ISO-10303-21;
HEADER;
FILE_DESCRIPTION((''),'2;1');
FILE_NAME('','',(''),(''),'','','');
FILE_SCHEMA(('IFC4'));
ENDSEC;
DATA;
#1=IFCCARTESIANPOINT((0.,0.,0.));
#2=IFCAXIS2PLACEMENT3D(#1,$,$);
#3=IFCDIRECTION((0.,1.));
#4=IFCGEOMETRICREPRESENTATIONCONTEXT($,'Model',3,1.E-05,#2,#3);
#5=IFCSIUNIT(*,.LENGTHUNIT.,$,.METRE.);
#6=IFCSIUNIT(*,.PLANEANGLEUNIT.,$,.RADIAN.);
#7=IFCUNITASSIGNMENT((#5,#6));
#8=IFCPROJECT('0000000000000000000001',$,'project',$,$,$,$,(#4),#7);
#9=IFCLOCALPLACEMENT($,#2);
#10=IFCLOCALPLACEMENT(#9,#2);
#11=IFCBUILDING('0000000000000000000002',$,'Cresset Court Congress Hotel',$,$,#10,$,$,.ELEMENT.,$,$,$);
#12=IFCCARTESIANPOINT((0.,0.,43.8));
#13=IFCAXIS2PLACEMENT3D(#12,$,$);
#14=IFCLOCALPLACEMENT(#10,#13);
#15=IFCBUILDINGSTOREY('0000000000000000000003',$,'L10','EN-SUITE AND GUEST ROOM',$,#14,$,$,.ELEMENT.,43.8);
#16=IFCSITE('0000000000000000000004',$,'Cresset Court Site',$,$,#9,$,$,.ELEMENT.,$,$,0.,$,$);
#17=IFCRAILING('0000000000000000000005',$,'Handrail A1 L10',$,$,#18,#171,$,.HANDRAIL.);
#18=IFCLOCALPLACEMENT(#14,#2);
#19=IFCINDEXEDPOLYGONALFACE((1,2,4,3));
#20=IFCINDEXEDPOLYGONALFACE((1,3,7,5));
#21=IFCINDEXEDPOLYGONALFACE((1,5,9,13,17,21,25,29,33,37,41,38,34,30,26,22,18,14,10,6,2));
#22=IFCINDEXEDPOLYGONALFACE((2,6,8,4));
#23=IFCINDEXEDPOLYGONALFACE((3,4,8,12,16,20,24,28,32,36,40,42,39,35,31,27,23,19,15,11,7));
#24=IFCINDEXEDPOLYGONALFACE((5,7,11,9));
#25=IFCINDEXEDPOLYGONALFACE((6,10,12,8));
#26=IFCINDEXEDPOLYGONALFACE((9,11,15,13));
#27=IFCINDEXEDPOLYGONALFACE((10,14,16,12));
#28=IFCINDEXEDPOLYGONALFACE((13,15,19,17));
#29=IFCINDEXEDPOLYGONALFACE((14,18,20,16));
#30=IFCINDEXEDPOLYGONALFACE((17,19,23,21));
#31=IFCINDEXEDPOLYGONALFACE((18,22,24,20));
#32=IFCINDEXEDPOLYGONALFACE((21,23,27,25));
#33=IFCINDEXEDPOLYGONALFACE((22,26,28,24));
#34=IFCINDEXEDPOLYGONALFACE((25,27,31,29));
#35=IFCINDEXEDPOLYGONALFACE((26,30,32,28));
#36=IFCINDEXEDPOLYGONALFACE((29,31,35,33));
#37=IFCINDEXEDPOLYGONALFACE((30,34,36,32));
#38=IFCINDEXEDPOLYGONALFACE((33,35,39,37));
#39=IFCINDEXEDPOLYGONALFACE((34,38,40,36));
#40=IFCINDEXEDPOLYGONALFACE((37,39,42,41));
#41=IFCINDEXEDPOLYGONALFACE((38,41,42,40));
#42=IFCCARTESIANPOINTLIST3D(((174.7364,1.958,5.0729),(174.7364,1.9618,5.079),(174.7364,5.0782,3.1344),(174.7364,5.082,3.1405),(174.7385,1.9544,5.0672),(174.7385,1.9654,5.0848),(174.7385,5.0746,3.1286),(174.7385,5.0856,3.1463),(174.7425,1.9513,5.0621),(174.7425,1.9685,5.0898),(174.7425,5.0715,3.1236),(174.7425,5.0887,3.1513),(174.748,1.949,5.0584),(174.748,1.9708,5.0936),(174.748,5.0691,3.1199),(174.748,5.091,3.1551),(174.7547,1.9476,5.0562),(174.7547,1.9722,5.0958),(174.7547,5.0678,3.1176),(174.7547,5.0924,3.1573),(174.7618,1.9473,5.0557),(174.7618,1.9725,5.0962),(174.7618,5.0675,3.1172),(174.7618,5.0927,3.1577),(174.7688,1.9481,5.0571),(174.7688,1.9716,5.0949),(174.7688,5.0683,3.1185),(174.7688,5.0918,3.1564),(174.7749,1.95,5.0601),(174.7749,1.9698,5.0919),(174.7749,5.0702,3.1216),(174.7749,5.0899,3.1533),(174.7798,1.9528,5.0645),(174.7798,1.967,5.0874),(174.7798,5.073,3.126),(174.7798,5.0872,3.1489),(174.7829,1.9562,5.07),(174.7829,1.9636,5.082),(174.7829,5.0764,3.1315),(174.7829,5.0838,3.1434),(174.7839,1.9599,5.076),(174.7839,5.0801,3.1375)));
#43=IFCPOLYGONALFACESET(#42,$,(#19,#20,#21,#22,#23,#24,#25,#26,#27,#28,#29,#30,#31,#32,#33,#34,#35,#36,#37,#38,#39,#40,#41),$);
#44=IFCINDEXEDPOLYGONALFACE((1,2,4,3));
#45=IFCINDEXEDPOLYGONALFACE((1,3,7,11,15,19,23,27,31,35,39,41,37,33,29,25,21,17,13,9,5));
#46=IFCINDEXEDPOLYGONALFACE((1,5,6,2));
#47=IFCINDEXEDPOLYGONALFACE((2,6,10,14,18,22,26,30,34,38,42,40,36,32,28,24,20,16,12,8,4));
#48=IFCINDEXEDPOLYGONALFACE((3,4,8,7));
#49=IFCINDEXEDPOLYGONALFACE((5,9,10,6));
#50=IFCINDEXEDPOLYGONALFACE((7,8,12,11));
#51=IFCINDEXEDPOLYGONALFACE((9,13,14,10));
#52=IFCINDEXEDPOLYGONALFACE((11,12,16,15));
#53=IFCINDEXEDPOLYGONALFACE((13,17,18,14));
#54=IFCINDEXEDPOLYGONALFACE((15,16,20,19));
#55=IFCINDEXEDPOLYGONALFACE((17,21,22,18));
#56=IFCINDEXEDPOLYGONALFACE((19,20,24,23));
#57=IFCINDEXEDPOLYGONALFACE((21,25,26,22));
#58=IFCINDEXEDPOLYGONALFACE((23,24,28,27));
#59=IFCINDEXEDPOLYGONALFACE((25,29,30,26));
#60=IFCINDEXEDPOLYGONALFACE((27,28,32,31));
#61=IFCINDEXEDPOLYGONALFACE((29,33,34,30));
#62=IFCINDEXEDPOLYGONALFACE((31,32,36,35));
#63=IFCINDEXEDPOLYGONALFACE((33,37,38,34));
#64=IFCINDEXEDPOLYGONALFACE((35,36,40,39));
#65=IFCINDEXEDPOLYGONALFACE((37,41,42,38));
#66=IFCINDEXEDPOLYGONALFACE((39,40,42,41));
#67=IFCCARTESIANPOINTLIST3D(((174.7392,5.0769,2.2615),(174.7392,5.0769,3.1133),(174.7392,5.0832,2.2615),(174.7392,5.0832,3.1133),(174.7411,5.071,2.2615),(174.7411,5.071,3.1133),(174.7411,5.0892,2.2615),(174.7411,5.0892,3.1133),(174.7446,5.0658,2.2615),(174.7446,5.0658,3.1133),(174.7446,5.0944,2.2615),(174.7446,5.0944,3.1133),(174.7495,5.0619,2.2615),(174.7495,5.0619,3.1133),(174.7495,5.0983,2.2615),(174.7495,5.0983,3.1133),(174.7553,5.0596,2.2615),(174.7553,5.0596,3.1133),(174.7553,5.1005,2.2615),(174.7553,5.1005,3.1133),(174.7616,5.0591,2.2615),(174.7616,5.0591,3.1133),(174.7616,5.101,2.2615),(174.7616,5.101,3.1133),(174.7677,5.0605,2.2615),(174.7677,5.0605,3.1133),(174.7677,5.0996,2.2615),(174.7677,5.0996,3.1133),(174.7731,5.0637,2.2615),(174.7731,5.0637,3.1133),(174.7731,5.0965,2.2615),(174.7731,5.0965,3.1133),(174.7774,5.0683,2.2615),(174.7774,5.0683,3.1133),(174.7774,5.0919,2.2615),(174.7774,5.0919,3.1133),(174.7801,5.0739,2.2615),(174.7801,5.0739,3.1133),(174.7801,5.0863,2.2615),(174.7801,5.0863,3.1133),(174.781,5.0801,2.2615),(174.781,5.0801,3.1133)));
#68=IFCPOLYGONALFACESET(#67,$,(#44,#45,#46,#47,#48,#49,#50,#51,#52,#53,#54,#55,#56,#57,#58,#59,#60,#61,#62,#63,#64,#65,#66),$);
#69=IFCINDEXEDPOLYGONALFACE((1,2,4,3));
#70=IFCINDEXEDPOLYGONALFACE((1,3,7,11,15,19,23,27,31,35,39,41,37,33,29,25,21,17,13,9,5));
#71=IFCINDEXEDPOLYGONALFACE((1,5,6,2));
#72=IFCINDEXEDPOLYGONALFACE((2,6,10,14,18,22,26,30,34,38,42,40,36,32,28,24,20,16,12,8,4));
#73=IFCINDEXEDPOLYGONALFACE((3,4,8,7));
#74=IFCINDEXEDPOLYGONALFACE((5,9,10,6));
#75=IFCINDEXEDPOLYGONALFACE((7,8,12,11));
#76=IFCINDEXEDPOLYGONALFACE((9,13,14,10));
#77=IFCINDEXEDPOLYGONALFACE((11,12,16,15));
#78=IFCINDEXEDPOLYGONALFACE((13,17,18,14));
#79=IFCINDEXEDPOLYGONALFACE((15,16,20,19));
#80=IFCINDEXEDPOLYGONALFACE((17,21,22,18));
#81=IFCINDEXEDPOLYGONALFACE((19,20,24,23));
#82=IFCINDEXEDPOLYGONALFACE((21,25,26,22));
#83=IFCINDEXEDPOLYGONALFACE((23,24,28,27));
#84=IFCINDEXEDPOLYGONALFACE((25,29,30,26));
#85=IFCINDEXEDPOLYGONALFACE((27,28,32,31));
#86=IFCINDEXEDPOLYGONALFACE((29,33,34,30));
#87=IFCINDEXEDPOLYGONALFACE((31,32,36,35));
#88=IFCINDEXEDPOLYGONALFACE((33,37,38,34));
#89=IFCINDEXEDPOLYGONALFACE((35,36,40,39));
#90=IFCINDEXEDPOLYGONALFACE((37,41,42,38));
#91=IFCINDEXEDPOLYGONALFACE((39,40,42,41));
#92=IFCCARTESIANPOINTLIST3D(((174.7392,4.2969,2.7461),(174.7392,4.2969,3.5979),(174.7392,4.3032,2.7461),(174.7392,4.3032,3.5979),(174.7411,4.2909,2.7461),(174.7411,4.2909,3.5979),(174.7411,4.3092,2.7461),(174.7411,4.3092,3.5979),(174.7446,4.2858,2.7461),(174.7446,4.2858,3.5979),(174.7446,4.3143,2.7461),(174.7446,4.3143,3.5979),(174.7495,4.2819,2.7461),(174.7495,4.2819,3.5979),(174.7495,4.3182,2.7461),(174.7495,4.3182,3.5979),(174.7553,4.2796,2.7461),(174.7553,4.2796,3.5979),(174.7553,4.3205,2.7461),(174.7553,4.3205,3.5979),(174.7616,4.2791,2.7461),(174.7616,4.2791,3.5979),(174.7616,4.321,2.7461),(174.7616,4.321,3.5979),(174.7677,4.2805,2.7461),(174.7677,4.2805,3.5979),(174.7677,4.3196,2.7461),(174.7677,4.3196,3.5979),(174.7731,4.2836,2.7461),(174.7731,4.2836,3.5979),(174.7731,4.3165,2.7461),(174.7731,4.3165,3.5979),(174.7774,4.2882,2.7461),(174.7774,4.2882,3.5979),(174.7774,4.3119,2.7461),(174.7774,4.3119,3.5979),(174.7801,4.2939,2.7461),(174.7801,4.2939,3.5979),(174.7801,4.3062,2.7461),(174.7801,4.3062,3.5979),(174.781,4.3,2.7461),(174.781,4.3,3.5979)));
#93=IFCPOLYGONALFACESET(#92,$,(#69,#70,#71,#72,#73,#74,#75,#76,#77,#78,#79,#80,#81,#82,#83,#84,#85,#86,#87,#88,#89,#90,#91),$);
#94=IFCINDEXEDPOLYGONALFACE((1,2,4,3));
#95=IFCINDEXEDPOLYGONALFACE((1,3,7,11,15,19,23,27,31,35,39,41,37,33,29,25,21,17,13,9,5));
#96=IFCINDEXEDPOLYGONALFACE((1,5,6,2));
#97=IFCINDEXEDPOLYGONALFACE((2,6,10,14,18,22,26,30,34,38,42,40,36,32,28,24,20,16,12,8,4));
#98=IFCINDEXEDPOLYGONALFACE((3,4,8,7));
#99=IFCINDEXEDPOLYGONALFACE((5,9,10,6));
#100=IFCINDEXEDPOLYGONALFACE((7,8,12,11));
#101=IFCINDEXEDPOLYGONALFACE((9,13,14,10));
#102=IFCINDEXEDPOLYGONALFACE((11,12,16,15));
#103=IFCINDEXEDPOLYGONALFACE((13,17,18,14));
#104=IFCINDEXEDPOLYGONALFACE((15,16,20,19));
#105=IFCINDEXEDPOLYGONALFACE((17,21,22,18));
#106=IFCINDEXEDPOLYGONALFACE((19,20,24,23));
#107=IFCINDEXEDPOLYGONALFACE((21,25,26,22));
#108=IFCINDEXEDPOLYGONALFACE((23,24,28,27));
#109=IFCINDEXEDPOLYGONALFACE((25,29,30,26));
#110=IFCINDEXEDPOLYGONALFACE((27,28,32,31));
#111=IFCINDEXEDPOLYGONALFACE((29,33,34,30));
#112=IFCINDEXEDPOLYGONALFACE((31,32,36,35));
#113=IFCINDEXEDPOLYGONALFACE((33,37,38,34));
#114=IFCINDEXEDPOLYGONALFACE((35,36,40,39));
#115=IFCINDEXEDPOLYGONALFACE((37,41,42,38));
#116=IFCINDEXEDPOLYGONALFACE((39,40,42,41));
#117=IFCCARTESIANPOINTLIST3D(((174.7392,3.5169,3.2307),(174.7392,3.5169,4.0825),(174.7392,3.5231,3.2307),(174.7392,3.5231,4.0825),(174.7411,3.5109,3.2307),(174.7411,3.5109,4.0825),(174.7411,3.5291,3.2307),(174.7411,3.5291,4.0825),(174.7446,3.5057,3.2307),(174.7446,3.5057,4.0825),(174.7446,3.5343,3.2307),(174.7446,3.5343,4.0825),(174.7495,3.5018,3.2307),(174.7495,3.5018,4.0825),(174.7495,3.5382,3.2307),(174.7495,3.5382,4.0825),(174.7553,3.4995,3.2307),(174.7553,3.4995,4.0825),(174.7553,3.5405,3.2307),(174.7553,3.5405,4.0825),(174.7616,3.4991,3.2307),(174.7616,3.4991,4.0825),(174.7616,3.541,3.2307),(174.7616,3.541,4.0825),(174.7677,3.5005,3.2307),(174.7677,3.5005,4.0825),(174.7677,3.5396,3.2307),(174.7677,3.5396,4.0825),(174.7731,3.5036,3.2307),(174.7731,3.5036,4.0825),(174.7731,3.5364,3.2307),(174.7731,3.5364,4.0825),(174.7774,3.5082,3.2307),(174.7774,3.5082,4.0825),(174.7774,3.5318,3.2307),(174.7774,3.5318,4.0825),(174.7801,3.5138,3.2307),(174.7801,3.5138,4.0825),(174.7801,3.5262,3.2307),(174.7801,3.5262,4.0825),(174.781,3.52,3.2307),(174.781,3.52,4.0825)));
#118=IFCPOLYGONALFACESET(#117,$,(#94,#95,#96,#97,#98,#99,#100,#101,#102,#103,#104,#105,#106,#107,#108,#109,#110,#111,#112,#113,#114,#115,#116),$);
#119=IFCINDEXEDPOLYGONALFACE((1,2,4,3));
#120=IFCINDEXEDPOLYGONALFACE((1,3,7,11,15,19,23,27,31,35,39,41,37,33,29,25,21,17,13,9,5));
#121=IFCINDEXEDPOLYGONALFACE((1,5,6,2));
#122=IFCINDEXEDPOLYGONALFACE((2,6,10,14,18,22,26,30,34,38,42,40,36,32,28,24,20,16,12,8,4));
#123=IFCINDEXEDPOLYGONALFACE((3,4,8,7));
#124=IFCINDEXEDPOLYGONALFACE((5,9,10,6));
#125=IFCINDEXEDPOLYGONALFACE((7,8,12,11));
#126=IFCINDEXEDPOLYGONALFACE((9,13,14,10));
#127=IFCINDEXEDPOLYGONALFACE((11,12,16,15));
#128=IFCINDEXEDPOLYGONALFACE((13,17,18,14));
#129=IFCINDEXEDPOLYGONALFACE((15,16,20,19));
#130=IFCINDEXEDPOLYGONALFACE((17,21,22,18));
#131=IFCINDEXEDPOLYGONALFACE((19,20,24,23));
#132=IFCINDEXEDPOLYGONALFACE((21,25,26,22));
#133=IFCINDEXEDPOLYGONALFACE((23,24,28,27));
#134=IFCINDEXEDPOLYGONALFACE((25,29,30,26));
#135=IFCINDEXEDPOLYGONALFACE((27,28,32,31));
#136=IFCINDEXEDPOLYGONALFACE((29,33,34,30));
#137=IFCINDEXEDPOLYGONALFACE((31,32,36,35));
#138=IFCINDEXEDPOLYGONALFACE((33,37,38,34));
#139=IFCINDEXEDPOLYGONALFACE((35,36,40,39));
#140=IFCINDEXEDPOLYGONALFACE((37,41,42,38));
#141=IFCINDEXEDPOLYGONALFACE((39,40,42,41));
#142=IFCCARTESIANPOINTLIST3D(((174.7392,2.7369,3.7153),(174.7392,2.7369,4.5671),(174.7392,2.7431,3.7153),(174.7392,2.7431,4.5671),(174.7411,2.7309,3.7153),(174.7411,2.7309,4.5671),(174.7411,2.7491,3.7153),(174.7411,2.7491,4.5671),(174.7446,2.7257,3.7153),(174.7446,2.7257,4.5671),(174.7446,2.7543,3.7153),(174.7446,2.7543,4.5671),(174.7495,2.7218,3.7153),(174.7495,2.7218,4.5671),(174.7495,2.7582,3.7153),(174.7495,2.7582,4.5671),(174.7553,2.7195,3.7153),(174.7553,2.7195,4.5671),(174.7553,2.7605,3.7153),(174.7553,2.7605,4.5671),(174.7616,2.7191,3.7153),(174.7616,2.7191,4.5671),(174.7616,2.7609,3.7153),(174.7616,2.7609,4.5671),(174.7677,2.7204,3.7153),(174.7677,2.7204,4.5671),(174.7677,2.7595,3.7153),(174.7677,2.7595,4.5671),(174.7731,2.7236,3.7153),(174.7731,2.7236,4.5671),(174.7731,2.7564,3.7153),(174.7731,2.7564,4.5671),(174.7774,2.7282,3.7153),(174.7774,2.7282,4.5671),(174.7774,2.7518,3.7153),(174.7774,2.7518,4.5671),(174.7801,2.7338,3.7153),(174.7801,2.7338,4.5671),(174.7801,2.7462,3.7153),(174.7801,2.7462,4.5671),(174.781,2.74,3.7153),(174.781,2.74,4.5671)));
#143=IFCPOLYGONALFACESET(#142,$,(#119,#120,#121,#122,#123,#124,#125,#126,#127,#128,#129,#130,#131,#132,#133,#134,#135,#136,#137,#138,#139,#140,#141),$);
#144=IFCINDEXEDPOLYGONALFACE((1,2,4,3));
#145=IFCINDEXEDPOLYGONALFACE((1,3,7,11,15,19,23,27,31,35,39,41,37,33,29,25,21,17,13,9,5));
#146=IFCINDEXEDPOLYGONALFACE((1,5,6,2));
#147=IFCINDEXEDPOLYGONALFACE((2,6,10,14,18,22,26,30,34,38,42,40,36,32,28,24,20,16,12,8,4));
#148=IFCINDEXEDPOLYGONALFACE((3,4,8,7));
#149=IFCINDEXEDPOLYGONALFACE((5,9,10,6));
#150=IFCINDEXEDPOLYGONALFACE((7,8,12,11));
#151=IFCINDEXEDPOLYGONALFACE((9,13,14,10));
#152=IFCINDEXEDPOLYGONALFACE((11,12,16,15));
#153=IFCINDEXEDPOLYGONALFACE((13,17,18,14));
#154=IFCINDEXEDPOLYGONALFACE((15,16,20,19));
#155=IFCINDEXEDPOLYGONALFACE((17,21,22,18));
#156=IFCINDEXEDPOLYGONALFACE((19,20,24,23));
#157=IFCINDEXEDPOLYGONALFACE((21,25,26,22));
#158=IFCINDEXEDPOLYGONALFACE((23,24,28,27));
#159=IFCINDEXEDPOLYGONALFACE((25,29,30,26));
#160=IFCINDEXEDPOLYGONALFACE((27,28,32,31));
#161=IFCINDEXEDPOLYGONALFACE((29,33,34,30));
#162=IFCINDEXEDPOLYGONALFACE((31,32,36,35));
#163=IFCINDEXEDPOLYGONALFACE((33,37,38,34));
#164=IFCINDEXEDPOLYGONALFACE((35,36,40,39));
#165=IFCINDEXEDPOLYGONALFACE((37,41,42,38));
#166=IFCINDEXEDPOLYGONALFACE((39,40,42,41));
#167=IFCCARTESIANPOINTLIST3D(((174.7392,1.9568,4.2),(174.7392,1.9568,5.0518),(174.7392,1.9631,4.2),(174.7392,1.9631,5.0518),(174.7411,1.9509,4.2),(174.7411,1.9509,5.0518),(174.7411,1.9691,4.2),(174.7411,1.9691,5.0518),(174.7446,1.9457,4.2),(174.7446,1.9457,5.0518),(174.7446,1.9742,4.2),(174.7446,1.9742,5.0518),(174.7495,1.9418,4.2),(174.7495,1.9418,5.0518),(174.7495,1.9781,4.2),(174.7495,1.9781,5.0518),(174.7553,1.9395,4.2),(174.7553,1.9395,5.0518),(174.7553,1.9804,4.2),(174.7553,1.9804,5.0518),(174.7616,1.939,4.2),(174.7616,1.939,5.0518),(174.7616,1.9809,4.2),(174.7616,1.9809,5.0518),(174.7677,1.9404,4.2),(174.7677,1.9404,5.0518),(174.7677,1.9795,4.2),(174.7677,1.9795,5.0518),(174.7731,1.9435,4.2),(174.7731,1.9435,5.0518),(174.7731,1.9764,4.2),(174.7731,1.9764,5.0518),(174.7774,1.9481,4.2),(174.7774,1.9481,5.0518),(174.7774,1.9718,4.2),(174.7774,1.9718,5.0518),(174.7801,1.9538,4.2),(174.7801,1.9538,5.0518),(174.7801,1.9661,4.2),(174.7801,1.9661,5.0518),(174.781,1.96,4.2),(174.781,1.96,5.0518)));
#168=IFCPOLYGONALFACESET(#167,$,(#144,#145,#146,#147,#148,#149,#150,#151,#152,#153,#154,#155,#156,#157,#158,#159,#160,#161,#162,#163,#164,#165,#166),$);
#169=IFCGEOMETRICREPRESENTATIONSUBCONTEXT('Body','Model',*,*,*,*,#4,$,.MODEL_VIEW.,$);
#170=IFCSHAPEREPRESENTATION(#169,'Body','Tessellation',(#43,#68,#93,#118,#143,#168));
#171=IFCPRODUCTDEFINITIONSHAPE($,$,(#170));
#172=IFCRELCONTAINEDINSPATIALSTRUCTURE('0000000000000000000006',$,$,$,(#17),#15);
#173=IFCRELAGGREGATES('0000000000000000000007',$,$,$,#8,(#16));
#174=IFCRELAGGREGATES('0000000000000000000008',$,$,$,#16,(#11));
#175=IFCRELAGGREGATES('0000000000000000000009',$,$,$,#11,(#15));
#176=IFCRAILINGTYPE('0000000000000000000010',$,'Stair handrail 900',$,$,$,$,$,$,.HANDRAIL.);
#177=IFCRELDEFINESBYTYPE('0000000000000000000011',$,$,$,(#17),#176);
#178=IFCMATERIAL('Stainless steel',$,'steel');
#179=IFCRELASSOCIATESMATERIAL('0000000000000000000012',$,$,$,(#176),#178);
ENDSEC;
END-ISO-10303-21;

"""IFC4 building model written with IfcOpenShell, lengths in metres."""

from ifc_helpers import new_model, si_unit, direction, frame, origin, origin_2d, place, context, subcontext, project, spatial, circle, extrude, material, type_object, element, save


model = new_model("IFC4")

# Units and contexts
model_context = context("Model", 3, precision=1e-05, world=origin(), true_north=direction((0.0, 1.0)))
body_context = subcontext(model_context, "Body", "Model", "MODEL_VIEW")
ifc_project = project(units=[si_unit("LENGTHUNIT", "METRE"), si_unit("PLANEANGLEUNIT", "RADIAN")], contexts=[model_context])

# Site, building, storey
site_placement = place(None, origin())
site = spatial("IfcSite", under=ifc_project, at=site_placement, Name="Cresset Court Site", CompositionType="ELEMENT", RefElevation=0.0)
building_placement = place(site_placement, origin())
building = spatial("IfcBuilding", under=site, at=building_placement, Name="Cresset Court Congress Hotel", CompositionType="ELEMENT")
storey_placement = place(building_placement, frame((0.0, 0.0, 43.8)))
storey = spatial("IfcBuildingStorey", under=building, at=storey_placement, Name="L10", Description="EN-SUITE AND GUEST ROOM", CompositionType="ELEMENT", Elevation=43.8)

# Railing
ifc_material_1 = material(Name="Stainless steel", Category="steel")
railing_type_1 = type_object("IfcRailingType", Name="Stair handrail 900", PredefinedType="HANDRAIL", material=ifc_material_1)
for number, where, name in (
    (1, (174.76, 5.0801, 2.2615), "Handrail A1 L10"),
):
    element("IfcRailing", number, at=place(storey_placement, frame(where)), inside=storey, type_object=railing_type_1, Name=name, PredefinedType="HANDRAIL", context=body_context, shape_type="SweptSolid", body=[
        extrude(circle(Radius=0.0239, at=origin_2d()), frame((0.0, 0.0, 0.876), z_axis=(0.0, -0.849414, 0.527727), x_axis=(1.0, 0.0, 0.0)), (0.0, 0.0, 1.0), 3.6733),
        extrude(circle(Radius=0.021, at=origin_2d()), origin(), (0.0, 0.0, 1.0), 0.8518),
        extrude(circle(Radius=0.021, at=origin_2d()), frame((0.0, -0.78, 0.4846)), (0.0, 0.0, 1.0), 0.8518),
        extrude(circle(Radius=0.021, at=origin_2d()), frame((0.0, -1.5601, 0.9692)), (0.0, 0.0, 1.0), 0.8518),
        extrude(circle(Radius=0.021, at=origin_2d()), frame((0.0, -2.3401, 1.4539)), (0.0, 0.0, 1.0), 0.8518),
        extrude(circle(Radius=0.021, at=origin_2d()), frame((0.0, -3.1201, 1.9385)), (0.0, 0.0, 1.0), 0.8518),
    ])

save(model, "model.ifc")
